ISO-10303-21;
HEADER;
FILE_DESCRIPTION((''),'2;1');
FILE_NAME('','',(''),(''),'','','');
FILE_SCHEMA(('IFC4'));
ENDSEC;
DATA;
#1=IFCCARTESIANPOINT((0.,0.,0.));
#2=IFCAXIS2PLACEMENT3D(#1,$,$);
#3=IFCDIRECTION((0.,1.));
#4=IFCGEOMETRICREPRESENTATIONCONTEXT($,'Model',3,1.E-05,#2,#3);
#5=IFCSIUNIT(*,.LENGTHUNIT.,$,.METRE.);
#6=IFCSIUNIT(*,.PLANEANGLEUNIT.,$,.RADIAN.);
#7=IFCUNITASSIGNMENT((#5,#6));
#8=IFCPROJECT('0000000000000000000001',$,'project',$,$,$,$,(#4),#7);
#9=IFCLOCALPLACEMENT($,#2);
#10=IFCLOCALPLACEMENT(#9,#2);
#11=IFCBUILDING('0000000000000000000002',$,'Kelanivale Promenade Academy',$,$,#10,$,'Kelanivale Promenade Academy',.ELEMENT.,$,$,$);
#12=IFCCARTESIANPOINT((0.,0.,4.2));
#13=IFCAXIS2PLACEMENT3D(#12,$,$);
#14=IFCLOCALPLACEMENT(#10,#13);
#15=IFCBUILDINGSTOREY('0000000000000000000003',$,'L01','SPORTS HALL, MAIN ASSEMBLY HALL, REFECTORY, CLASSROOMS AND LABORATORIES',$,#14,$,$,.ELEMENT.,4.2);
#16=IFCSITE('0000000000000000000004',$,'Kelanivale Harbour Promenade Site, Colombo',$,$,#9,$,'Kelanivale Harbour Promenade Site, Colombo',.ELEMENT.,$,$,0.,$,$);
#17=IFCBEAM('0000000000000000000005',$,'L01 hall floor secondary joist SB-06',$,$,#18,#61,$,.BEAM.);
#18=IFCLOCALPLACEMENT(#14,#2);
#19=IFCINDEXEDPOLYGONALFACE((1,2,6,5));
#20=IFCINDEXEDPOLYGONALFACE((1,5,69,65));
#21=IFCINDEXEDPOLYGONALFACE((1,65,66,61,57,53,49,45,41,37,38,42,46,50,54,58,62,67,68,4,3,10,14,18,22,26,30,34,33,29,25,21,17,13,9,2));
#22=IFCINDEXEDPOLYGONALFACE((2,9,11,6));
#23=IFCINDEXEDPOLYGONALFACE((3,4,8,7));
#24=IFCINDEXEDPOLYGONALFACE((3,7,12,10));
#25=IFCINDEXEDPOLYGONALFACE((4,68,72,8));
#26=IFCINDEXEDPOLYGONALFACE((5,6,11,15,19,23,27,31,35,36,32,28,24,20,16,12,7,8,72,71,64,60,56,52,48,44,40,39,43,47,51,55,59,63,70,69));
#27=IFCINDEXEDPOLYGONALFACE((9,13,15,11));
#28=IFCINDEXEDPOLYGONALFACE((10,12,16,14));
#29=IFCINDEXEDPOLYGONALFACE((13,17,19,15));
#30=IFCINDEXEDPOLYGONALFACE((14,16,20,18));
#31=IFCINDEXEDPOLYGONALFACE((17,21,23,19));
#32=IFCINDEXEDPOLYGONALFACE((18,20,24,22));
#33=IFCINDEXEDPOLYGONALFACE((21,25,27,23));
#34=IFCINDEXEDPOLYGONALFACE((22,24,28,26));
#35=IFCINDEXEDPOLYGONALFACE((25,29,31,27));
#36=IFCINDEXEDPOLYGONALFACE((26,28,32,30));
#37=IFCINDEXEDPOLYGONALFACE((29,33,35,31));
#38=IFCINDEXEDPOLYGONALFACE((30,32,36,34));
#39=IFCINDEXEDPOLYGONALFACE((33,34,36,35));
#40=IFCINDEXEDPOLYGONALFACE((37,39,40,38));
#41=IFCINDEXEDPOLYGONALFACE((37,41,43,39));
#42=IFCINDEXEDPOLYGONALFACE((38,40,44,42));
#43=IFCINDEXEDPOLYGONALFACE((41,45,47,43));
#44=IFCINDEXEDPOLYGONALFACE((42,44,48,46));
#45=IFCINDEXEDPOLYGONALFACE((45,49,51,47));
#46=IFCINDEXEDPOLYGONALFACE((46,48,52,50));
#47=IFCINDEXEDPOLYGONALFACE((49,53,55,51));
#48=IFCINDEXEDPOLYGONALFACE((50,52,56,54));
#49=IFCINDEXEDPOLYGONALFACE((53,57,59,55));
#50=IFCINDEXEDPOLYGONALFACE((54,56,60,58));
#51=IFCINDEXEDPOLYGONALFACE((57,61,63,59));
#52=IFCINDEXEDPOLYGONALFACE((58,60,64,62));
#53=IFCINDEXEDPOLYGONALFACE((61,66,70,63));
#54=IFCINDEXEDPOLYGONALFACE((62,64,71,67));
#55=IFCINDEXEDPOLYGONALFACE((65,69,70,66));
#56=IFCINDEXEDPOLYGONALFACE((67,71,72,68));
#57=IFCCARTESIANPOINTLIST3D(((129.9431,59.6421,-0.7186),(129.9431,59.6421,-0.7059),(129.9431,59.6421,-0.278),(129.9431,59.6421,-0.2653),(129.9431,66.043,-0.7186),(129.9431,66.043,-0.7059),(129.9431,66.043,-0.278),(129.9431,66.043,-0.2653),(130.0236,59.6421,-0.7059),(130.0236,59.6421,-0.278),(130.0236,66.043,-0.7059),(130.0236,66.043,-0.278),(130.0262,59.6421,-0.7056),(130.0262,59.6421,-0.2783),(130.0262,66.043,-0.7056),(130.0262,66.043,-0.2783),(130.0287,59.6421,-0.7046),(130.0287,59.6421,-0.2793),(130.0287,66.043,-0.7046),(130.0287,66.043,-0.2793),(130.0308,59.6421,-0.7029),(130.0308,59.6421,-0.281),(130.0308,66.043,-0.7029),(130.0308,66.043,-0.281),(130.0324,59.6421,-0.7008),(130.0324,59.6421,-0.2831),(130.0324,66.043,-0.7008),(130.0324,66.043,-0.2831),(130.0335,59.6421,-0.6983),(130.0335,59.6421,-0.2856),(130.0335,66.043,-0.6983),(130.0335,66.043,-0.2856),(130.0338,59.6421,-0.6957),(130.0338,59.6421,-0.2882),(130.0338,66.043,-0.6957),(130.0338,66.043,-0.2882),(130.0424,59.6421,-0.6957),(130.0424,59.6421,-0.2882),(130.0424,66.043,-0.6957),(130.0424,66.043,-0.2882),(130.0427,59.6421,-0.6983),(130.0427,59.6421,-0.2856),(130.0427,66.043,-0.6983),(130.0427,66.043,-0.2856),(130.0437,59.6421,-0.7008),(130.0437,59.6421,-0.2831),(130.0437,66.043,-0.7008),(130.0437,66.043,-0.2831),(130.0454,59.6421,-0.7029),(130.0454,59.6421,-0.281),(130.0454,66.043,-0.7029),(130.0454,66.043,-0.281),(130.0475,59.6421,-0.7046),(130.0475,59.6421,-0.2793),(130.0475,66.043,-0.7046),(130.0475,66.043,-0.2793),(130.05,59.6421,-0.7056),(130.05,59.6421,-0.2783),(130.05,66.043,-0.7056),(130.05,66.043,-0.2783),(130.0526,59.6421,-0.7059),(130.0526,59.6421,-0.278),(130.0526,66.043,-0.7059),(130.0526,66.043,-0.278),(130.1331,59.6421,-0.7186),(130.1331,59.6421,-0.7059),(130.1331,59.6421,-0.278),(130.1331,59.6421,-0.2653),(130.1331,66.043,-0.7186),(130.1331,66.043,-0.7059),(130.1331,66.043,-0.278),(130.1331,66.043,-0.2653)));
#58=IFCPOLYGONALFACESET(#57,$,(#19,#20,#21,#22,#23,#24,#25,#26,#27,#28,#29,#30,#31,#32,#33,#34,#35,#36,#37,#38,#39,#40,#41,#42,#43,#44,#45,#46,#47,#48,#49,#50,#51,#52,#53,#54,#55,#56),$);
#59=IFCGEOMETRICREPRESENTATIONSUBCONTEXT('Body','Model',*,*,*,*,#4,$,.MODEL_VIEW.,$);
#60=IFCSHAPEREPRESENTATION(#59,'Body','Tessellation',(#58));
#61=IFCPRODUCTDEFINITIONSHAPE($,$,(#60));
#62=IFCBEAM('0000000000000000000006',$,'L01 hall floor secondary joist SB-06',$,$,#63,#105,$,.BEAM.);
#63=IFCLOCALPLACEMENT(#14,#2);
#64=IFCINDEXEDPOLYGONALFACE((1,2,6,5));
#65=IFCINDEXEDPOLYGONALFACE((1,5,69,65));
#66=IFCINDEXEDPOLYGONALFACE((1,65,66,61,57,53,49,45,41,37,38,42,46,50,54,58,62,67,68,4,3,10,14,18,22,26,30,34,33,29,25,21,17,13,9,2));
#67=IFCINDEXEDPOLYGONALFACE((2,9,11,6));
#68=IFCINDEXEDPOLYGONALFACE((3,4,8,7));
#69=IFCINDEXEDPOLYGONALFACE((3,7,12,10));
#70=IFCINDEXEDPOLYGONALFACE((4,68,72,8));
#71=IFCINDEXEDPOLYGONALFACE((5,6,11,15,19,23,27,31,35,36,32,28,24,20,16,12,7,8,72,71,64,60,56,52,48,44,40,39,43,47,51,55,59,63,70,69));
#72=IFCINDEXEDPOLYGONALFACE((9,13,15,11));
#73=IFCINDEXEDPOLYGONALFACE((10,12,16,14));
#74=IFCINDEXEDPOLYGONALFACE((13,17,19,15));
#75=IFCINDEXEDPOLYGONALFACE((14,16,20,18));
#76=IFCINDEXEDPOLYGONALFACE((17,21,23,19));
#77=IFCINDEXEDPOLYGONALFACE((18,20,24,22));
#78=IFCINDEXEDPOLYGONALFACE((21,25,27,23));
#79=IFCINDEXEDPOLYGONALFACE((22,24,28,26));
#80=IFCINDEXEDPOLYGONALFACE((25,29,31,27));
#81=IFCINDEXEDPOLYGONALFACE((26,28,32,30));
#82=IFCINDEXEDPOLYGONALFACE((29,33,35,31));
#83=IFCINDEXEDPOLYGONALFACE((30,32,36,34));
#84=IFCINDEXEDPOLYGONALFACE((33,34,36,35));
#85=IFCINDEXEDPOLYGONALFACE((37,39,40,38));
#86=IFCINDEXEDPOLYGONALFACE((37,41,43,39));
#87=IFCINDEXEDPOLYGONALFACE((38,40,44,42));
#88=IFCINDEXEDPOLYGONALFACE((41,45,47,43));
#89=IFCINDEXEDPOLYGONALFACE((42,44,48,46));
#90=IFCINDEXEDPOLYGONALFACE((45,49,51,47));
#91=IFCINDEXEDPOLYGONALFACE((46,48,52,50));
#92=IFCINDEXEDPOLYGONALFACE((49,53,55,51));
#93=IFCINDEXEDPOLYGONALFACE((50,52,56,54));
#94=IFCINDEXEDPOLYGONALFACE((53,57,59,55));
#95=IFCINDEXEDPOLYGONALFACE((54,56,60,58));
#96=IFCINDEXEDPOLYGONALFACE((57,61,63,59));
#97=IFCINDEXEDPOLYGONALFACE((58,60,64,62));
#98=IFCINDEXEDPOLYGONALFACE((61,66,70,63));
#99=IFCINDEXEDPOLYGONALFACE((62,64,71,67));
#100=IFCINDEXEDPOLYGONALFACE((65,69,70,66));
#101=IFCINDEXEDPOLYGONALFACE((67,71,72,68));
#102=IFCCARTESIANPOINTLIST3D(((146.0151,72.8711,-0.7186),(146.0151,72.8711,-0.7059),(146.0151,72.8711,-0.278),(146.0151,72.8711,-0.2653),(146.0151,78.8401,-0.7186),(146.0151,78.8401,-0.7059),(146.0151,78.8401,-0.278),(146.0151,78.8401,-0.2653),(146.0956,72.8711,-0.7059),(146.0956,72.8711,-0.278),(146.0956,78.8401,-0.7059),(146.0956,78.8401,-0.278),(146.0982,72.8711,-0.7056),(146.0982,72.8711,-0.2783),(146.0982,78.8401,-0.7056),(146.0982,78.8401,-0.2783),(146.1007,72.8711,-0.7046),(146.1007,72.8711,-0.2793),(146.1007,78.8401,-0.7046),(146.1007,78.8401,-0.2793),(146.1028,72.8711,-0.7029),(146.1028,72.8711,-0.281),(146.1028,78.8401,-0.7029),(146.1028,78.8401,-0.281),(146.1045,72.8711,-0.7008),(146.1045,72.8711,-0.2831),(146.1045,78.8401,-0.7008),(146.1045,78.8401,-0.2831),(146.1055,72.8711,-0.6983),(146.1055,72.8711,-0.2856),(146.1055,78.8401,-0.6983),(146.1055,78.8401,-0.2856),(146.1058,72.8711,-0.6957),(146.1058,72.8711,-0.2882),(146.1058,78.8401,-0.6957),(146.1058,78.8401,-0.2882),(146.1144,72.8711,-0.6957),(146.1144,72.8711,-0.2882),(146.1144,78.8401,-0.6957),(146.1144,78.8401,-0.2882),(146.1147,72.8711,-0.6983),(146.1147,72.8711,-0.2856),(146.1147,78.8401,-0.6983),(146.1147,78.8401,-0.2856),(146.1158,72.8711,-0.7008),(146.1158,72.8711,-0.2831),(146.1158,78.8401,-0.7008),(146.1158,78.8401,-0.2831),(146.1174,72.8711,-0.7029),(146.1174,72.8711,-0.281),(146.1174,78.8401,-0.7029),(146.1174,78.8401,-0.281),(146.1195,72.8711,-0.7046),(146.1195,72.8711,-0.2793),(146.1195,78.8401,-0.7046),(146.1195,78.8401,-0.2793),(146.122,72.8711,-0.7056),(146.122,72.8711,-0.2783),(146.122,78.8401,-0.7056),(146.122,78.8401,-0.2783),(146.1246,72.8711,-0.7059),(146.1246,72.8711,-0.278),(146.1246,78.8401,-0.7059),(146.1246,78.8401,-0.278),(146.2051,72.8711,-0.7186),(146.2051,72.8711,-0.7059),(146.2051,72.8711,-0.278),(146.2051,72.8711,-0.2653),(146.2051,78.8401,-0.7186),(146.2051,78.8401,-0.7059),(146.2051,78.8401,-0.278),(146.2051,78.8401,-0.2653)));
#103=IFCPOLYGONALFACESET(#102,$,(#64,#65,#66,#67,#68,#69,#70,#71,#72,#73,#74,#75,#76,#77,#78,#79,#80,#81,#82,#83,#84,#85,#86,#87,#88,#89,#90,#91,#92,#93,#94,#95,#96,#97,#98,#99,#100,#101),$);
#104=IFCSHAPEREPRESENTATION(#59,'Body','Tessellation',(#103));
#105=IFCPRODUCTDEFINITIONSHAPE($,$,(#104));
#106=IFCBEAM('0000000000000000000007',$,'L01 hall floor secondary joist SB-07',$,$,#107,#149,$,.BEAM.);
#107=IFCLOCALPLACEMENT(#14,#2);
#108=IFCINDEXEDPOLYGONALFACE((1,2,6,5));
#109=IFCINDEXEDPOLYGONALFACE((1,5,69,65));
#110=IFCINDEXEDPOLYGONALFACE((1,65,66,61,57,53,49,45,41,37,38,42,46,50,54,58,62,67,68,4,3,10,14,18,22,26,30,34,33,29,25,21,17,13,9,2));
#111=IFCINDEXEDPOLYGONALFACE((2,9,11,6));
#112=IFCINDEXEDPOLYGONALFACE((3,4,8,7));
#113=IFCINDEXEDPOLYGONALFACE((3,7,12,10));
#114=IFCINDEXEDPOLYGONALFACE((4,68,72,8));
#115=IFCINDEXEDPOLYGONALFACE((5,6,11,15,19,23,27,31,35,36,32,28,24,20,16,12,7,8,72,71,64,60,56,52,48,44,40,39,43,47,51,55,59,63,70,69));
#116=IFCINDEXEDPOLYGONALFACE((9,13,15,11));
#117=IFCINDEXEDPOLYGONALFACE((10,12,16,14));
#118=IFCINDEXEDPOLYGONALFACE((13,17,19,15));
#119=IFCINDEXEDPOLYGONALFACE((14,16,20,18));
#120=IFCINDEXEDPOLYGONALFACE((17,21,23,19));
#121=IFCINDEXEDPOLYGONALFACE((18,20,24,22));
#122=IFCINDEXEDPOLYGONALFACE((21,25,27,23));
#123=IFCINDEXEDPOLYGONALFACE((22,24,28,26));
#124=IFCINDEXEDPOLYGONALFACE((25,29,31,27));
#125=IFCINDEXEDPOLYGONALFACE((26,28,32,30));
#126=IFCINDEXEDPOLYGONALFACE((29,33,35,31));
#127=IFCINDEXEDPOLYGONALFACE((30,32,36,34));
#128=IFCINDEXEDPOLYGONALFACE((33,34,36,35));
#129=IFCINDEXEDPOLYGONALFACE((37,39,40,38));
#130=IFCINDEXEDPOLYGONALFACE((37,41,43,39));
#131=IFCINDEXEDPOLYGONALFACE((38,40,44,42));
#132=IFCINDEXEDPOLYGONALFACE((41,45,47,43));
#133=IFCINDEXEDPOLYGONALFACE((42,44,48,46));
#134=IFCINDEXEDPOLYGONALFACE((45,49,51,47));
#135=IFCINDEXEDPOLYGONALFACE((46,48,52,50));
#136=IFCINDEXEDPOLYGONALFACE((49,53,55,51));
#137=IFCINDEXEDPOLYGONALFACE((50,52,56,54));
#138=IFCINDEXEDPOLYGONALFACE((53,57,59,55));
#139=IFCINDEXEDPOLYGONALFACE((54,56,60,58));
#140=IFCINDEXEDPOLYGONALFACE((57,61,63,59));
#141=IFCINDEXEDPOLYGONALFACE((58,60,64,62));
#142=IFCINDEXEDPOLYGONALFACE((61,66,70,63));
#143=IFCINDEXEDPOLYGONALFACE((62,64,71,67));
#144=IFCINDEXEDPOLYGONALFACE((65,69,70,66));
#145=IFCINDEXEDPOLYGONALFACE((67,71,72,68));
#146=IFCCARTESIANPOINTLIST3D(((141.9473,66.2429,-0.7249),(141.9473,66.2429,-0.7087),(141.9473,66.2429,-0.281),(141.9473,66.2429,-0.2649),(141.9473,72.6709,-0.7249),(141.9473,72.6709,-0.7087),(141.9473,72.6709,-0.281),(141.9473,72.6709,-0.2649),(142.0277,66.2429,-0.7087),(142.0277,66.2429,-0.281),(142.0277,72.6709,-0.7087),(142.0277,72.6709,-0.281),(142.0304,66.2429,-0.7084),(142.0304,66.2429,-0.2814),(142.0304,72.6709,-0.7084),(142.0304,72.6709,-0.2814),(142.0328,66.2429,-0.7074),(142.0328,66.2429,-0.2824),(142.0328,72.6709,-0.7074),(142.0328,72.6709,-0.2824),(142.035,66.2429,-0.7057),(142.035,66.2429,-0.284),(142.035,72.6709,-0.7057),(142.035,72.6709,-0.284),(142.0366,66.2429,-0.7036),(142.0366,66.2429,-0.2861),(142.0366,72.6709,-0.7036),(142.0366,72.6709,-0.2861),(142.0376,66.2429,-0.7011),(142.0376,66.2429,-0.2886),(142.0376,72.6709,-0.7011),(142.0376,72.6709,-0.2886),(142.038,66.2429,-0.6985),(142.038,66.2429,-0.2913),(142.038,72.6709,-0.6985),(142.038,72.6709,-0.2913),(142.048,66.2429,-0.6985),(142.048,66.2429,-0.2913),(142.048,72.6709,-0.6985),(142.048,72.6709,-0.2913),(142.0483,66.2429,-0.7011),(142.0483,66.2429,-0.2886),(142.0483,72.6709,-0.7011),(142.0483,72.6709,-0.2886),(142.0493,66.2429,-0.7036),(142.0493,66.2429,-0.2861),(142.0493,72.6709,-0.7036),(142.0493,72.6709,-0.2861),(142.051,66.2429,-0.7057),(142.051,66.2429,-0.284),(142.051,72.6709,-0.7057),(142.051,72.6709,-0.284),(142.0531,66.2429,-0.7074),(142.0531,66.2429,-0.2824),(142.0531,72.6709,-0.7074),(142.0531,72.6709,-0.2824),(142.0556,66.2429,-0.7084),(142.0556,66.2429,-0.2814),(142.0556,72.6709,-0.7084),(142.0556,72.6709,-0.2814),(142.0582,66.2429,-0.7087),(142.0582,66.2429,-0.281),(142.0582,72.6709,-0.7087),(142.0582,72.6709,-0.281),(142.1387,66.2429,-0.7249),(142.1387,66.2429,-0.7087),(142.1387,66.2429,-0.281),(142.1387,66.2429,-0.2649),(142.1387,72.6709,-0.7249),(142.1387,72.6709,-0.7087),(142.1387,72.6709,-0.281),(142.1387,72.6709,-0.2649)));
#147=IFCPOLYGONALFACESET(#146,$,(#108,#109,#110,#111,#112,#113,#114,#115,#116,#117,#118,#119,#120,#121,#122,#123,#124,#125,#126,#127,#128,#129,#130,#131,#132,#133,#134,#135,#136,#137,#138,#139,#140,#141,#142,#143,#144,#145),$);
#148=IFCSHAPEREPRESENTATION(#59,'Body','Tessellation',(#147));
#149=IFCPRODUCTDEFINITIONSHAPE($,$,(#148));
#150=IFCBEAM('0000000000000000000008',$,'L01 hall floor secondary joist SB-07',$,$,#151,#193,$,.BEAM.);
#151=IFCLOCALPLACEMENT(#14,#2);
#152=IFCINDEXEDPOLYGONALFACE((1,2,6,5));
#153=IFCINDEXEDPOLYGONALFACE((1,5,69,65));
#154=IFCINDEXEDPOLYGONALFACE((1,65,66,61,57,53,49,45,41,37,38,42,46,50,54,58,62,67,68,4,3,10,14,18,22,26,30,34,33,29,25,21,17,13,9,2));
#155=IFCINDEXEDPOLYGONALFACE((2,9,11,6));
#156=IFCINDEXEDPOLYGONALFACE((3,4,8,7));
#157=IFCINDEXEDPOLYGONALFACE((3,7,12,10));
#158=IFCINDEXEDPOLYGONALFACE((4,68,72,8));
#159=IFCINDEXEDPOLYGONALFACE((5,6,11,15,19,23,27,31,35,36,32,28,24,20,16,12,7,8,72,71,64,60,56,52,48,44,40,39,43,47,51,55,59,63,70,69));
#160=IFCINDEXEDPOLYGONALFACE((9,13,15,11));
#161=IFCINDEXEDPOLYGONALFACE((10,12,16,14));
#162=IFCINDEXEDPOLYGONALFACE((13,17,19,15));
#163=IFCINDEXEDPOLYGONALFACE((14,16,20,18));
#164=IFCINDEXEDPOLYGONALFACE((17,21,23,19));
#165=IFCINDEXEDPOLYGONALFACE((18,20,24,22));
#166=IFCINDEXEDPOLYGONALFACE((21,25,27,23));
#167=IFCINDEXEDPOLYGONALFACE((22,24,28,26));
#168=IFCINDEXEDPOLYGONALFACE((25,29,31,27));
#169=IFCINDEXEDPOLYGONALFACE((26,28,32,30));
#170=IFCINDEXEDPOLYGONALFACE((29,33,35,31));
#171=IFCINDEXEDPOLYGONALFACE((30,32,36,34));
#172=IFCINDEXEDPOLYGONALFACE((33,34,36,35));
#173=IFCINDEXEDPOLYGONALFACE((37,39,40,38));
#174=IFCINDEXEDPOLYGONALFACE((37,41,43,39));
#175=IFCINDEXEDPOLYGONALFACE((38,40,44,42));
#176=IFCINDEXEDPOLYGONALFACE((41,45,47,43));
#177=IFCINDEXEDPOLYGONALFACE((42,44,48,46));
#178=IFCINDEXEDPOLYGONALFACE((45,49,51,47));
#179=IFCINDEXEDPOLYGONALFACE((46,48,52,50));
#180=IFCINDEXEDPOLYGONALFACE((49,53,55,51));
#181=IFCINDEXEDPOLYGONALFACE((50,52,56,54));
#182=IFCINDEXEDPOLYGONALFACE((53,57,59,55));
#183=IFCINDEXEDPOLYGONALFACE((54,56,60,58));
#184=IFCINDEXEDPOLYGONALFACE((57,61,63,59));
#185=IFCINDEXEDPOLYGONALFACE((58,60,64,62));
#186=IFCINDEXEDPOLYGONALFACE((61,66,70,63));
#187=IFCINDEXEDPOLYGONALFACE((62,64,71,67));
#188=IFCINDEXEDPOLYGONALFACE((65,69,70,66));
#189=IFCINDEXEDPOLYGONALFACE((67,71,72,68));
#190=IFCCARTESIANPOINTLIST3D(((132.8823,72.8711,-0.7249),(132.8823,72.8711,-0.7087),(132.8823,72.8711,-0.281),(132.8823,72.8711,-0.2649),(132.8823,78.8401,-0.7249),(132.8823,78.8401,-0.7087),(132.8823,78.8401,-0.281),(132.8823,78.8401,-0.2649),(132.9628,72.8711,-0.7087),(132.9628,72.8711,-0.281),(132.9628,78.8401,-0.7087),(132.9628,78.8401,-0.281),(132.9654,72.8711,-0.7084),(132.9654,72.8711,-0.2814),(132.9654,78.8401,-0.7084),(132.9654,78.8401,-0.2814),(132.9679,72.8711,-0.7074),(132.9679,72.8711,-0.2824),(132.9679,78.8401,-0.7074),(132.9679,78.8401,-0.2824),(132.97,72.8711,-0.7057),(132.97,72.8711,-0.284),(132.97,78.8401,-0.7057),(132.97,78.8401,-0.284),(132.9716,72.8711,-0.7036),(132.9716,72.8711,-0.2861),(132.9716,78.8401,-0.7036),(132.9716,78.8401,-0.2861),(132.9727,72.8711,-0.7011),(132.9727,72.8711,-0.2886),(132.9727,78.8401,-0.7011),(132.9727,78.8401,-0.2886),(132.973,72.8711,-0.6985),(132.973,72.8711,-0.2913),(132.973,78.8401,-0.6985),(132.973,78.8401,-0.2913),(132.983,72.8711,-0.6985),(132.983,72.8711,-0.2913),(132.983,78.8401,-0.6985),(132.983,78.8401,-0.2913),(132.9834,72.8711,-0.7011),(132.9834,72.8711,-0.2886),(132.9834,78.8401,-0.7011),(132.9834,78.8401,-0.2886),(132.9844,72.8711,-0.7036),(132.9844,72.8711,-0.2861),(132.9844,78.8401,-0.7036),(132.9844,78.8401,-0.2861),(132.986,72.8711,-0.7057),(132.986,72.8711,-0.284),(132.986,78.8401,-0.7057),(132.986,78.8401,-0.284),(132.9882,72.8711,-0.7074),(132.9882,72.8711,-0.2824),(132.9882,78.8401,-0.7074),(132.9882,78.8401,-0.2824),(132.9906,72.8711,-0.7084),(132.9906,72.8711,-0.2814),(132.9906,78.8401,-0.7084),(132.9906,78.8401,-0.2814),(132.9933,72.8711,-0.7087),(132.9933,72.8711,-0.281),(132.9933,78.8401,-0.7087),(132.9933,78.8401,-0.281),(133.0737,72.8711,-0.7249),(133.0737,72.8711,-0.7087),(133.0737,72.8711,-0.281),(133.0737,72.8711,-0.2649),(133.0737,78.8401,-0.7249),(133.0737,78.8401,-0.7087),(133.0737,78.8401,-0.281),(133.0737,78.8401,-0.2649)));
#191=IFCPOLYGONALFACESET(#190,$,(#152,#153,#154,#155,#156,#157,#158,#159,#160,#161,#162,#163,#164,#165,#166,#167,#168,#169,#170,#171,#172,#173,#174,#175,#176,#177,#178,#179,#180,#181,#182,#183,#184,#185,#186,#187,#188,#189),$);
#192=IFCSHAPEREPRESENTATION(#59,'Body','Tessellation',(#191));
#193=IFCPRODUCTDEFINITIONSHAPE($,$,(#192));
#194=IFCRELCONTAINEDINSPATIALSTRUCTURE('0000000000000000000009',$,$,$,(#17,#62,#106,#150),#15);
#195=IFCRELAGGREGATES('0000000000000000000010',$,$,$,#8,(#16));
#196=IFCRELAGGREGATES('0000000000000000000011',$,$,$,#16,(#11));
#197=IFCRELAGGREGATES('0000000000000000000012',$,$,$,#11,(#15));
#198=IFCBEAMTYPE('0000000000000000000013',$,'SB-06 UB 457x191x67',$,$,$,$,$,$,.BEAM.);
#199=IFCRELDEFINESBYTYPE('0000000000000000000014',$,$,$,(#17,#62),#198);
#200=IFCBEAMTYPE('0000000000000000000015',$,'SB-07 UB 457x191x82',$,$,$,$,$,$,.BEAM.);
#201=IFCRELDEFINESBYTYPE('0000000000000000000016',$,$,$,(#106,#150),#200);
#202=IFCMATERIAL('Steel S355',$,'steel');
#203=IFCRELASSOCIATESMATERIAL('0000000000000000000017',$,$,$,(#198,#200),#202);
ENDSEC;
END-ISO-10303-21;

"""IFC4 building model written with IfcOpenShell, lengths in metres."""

from ifc_helpers import new_model, si_unit, direction, frame, origin, origin_2d, place, context, subcontext, project, spatial, i_section, extrude, material, material_profile, profile_set, type_object, element, save


model = new_model("IFC4")

# Units and contexts
model_context = context("Model", 3, precision=1e-05, world=origin(), true_north=direction((0.0, 1.0)))
body_context = subcontext(model_context, "Body", "Model", "MODEL_VIEW")
ifc_project = project(units=[si_unit("LENGTHUNIT", "METRE"), si_unit("PLANEANGLEUNIT", "RADIAN")], contexts=[model_context])

# Site, building, storey
site_placement = place(None, origin())
site = spatial("IfcSite", under=ifc_project, at=site_placement, Name="Kelanivale Harbour Promenade Site, Colombo", LongName="Kelanivale Harbour Promenade Site, Colombo", CompositionType="ELEMENT", RefElevation=0.0)
building_placement = place(site_placement, origin())
building = spatial("IfcBuilding", under=site, at=building_placement, Name="Kelanivale Promenade Academy", LongName="Kelanivale Promenade Academy", CompositionType="ELEMENT")
storey_placement = place(building_placement, frame((0.0, 0.0, 4.2)))
storey = spatial("IfcBuildingStorey", under=building, at=storey_placement, Name="L01", Description="SPORTS HALL, MAIN ASSEMBLY HALL, REFECTORY, CLASSROOMS AND LABORATORIES", CompositionType="ELEMENT", Elevation=4.2)

# Beams
ifc_material_1 = material(Name="Steel S355", Category="steel")
ifc_material_profile_1 = material_profile(ifc_material_1, i_section(OverallWidth=0.1899, OverallDepth=0.4534, WebThickness=0.0085, FlangeThickness=0.0127, FilletRadius=0.0103, at=origin_2d()), Name="UB 457x191x67")
ifc_profile_set_1 = profile_set([ifc_material_profile_1], Name="Steel S355")
beam_type_1 = type_object("IfcBeamType", Name="SB-06 UB 457x191x67", PredefinedType="BEAM", material=ifc_profile_set_1)
beam_1_placement = place(storey_placement, frame((130.0381, 59.6421, -0.4919), z_axis=(0.0, 1.0, 0.0), x_axis=(-1.0, 0.0, 0.0)))
element("IfcBeam", 1, at=beam_1_placement, inside=storey, type_object=beam_type_1, Name="L01 hall floor secondary joist SB-06", PredefinedType="BEAM", context=body_context, shape_type="SweptSolid", body=[
    extrude(i_section(OverallWidth=0.1899, OverallDepth=0.4534, WebThickness=0.0085, FlangeThickness=0.0127, FilletRadius=0.0103, at=origin_2d()), origin(), (0.0, 0.0, 1.0), 6.4009),
])
beam_2_placement = place(storey_placement, frame((146.1101, 72.8711, -0.4919), z_axis=(0.0, 1.0, 0.0), x_axis=(-1.0, 0.0, 0.0)))
element("IfcBeam", 2, at=beam_2_placement, inside=storey, type_object=beam_type_1, Name="L01 hall floor secondary joist SB-06", PredefinedType="BEAM", context=body_context, shape_type="SweptSolid", body=[
    extrude(i_section(OverallWidth=0.1899, OverallDepth=0.4534, WebThickness=0.0085, FlangeThickness=0.0127, FilletRadius=0.0103, at=origin_2d()), origin(), (0.0, 0.0, 1.0), 5.969),
])
ifc_material_profile_2 = material_profile(ifc_material_1, i_section(OverallWidth=0.1914, OverallDepth=0.46, WebThickness=0.01, FlangeThickness=0.0161, FilletRadius=0.0103, at=origin_2d()), Name="UB 457x191x82")
ifc_profile_set_2 = profile_set([ifc_material_profile_2], Name="Steel S355")
beam_type_2 = type_object("IfcBeamType", Name="SB-07 UB 457x191x82", PredefinedType="BEAM", material=ifc_profile_set_2)
beam_3_placement = place(storey_placement, frame((142.043, 66.2429, -0.4949), z_axis=(0.0, 1.0, 0.0), x_axis=(-1.0, 0.0, 0.0)))
element("IfcBeam", 3, at=beam_3_placement, inside=storey, type_object=beam_type_2, Name="L01 hall floor secondary joist SB-07", PredefinedType="BEAM", context=body_context, shape_type="SweptSolid", body=[
    extrude(i_section(OverallWidth=0.1914, OverallDepth=0.46, WebThickness=0.01, FlangeThickness=0.0161, FilletRadius=0.0103, at=origin_2d()), origin(), (0.0, 0.0, 1.0), 6.428),
])
beam_4_placement = place(storey_placement, frame((132.978, 72.8711, -0.4949), z_axis=(0.0, 1.0, 0.0), x_axis=(-1.0, 0.0, 0.0)))
element("IfcBeam", 4, at=beam_4_placement, inside=storey, type_object=beam_type_2, Name="L01 hall floor secondary joist SB-07", PredefinedType="BEAM", context=body_context, shape_type="SweptSolid", body=[
    extrude(i_section(OverallWidth=0.1914, OverallDepth=0.46, WebThickness=0.01, FlangeThickness=0.0161, FilletRadius=0.0103, at=origin_2d()), origin(), (0.0, 0.0, 1.0), 5.969),
])

save(model, "model.ifc")
